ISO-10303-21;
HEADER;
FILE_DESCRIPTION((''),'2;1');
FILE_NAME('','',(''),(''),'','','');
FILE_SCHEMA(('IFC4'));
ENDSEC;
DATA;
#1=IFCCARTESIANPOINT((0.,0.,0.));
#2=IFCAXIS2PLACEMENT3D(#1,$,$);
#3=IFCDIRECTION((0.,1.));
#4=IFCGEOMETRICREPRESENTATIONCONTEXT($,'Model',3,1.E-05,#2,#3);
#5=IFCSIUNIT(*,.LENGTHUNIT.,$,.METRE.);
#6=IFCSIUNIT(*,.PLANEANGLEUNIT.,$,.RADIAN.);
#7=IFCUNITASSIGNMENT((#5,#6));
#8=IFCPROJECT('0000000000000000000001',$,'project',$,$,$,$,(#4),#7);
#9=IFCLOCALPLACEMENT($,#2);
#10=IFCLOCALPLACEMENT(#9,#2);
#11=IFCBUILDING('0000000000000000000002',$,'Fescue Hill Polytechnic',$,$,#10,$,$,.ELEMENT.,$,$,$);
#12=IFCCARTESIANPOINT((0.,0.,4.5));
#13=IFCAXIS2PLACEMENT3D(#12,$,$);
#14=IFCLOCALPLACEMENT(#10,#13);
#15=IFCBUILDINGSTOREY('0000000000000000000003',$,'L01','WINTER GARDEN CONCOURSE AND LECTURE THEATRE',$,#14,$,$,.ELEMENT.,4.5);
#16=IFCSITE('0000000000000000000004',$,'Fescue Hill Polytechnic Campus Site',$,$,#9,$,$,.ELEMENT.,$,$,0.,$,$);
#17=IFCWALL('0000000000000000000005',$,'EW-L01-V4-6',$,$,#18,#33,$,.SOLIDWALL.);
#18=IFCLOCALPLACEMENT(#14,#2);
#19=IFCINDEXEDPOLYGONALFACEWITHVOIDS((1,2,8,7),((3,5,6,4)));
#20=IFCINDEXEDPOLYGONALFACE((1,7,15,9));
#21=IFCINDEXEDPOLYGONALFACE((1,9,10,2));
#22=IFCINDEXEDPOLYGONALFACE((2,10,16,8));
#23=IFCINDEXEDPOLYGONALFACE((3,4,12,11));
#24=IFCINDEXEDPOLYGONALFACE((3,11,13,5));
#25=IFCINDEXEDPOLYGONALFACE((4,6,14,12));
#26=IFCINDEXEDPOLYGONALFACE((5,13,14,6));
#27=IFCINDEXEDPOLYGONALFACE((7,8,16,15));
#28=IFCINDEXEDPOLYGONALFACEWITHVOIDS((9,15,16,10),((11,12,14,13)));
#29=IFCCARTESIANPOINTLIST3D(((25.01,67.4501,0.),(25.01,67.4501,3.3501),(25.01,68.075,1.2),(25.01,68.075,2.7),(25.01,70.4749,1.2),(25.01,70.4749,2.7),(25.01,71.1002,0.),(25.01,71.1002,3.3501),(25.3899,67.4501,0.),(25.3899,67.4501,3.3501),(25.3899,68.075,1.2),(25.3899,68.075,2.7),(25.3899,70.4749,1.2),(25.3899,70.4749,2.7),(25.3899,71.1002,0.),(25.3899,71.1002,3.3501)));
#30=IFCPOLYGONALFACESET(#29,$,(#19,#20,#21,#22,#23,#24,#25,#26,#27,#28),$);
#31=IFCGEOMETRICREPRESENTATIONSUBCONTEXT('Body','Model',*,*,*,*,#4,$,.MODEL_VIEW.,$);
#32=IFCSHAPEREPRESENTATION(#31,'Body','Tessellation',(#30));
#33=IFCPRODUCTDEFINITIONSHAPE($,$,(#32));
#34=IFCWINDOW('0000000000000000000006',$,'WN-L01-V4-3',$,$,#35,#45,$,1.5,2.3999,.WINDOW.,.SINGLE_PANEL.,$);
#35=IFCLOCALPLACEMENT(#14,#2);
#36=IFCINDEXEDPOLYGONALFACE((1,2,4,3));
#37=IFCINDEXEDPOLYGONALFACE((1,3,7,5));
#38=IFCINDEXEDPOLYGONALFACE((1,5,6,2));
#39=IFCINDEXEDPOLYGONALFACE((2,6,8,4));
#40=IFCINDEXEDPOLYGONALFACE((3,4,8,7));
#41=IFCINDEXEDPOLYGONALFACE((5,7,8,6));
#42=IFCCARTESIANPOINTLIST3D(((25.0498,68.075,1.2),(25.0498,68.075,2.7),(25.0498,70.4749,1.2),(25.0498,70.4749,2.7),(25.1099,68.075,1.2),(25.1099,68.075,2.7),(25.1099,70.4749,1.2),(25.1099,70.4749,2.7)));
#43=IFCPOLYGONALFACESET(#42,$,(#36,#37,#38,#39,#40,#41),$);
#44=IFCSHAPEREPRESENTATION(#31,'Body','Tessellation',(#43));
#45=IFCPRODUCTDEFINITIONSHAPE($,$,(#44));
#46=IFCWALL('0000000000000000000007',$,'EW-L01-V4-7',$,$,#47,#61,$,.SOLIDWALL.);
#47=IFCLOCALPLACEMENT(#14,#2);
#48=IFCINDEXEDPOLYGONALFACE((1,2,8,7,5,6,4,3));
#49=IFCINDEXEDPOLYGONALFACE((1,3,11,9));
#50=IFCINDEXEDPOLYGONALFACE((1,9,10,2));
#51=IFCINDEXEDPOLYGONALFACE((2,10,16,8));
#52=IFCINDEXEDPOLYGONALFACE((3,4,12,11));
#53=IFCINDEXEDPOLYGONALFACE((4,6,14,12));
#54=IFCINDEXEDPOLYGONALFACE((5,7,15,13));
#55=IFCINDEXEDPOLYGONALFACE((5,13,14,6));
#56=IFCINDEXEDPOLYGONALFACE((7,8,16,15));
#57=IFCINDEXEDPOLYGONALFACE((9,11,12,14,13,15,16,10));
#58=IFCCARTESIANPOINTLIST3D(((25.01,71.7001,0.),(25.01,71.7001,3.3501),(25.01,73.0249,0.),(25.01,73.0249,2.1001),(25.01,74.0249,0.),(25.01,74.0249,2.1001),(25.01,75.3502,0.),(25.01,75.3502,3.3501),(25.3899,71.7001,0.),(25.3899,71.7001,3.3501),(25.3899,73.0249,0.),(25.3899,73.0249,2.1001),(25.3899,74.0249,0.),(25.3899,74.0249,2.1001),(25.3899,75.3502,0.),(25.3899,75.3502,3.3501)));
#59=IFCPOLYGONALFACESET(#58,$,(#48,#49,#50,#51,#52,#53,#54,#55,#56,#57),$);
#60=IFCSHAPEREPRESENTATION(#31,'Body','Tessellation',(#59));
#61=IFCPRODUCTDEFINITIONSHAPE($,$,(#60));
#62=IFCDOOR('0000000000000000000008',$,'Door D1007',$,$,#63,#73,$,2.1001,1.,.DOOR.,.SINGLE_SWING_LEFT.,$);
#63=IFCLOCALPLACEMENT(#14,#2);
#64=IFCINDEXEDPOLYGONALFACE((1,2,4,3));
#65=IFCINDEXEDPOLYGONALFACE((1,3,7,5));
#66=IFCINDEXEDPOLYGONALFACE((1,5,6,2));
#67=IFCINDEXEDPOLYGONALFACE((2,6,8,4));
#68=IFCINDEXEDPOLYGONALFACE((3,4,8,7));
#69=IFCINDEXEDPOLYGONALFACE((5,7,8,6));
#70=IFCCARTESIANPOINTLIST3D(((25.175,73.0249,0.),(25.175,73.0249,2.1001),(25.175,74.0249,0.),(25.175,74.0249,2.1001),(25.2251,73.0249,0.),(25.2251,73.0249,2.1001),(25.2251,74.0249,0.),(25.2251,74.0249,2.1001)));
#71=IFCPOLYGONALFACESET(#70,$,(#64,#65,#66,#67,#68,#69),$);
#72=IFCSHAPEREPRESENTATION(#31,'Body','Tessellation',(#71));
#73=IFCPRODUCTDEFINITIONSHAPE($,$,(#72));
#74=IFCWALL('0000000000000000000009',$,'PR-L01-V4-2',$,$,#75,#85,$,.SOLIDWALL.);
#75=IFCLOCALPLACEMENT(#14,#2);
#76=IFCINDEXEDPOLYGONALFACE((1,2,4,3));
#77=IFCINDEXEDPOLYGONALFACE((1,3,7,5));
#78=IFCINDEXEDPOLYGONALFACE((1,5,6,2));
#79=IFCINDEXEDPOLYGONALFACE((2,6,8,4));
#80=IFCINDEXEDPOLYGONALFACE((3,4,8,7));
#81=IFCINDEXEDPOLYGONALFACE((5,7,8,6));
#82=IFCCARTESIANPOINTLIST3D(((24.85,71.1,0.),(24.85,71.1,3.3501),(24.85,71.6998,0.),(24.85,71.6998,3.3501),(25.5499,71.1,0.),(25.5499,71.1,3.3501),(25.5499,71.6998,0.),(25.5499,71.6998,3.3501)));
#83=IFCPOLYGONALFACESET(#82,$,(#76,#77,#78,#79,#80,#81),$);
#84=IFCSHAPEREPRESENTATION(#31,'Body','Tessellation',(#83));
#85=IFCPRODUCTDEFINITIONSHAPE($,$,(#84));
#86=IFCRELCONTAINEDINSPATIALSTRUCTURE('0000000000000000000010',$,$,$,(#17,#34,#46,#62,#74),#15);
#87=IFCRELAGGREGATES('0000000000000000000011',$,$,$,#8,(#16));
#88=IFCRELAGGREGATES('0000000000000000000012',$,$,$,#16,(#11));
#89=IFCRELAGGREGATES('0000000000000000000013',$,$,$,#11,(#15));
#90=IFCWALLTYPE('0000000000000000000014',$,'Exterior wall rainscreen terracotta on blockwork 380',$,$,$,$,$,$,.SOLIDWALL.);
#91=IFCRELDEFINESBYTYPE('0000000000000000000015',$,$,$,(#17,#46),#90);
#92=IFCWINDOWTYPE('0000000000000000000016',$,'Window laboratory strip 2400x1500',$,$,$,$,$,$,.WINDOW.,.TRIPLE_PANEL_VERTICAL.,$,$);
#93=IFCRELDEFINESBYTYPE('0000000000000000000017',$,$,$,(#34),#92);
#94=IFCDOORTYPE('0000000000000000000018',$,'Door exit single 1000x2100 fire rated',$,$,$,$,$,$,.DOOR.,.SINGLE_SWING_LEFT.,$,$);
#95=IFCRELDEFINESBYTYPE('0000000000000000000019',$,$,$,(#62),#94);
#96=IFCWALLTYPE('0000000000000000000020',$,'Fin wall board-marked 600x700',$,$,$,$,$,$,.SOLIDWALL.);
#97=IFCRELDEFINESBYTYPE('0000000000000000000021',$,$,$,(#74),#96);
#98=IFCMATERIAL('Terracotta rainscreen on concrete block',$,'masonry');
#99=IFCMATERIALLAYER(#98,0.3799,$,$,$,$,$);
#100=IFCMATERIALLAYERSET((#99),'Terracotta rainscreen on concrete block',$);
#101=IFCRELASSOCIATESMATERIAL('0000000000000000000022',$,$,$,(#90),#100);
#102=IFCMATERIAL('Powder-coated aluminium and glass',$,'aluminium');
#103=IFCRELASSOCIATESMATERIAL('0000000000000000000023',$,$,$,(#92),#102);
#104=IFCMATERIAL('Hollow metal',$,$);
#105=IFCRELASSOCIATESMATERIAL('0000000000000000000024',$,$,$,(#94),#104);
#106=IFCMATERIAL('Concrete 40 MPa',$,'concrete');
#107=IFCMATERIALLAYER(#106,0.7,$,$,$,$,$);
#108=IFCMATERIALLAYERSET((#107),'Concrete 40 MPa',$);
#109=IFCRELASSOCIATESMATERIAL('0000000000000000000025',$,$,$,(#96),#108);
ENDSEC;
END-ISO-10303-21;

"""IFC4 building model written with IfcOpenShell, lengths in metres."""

from ifc_helpers import new_model, si_unit, direction, frame, frame_2d, origin, place, context, subcontext, project, spatial, rectangle, extrude, material, layer, layer_set, type_object, element, fill, save


model = new_model("IFC4")

# Units and contexts
model_context = context("Model", 3, precision=1e-05, world=origin(), true_north=direction((0.0, 1.0)))
body_context = subcontext(model_context, "Body", "Model", "MODEL_VIEW")
ifc_project = project(units=[si_unit("LENGTHUNIT", "METRE"), si_unit("PLANEANGLEUNIT", "RADIAN")], contexts=[model_context])

# Site, building, storey
site_placement = place(None, origin())
site = spatial("IfcSite", under=ifc_project, at=site_placement, Name="Fescue Hill Polytechnic Campus Site", CompositionType="ELEMENT", RefElevation=0.0)
building_placement = place(site_placement, origin())
building = spatial("IfcBuilding", under=site, at=building_placement, Name="Fescue Hill Polytechnic", CompositionType="ELEMENT")
storey_placement = place(building_placement, frame((0.0, 0.0, 4.5)))
storey = spatial("IfcBuildingStorey", under=building, at=storey_placement, Name="L01", Description="WINTER GARDEN CONCOURSE AND LECTURE THEATRE", CompositionType="ELEMENT", Elevation=4.5)

# Shared definitions
ifc_material_1 = material(Name="Concrete 40 MPa", Category="concrete")

# Wall, opening, window
ifc_material_2 = material(Name="Terracotta rainscreen on concrete block", Category="masonry")
ifc_layer_1 = layer(ifc_material_2, 0.3799)
ifc_layer_set_1 = layer_set([ifc_layer_1], Name="Terracotta rainscreen on concrete block")
wall_type_1 = type_object("IfcWallType", Name="Exterior wall rainscreen terracotta on blockwork 380", PredefinedType="SOLIDWALL", material=ifc_layer_set_1)
wall_1_placement = place(storey_placement, frame((25.2, 67.45, 0.0), z_axis=(0.0, 0.0, 1.0), x_axis=(0.0, 1.0, 0.0)))
wall_1 = element("IfcWall", 1, at=wall_1_placement, inside=storey, type_object=wall_type_1, Name="EW-L01-V4-6", PredefinedType="SOLIDWALL", context=body_context, shape_type="SweptSolid", body=[
    extrude(rectangle(XDim=3.6501, YDim=0.3799, at=frame_2d((1.8252, 0.0))), origin(), (0.0, 0.0, 1.0), 3.3501),
])
opening_1_placement = place(wall_1_placement, frame((0.625, 0.0, 1.2)))
opening_1 = element("IfcOpeningElement", 2, at=opening_1_placement, cuts=wall_1, PredefinedType="OPENING", context=body_context, shape_type="SweptSolid", body=[
    extrude(rectangle(XDim=2.3999, YDim=1.5, at=frame_2d((1.2, 0.75))), frame((0.0, 0.2, 0.0), z_axis=(0.0, -1.0, 0.0), x_axis=(1.0, 0.0, 0.0)), (0.0, 0.0, 1.0), 0.3999),
])
ifc_material_3 = material(Name="Powder-coated aluminium and glass", Category="aluminium")
window_type = type_object("IfcWindowType", Name="Window laboratory strip 2400x1500", PartitioningType="TRIPLE_PANEL_VERTICAL", PredefinedType="WINDOW", material=ifc_material_3)
window_placement = place(opening_1_placement, origin())
window = element("IfcWindow", 3, at=window_placement, inside=storey, type_object=window_type, Name="WN-L01-V4-3", OverallHeight=1.5, OverallWidth=2.3999, PartitioningType="SINGLE_PANEL", PredefinedType="WINDOW", context=body_context, shape_type="SweptSolid", body=[
    extrude(rectangle(XDim=2.3999, YDim=1.5, at=frame_2d((1.2, 0.75))), frame((0.0, 0.1501, 0.0), z_axis=(0.0, -1.0, 0.0), x_axis=(1.0, 0.0, 0.0)), (0.0, 0.0, 1.0), 0.0601),
])
fill(opening_1, window)

# Wall, opening, door
wall_2_placement = place(storey_placement, frame((25.2, 71.7, 0.0), z_axis=(0.0, 0.0, 1.0), x_axis=(0.0, 1.0, 0.0)))
wall_2 = element("IfcWall", 4, at=wall_2_placement, inside=storey, type_object=wall_type_1, Name="EW-L01-V4-7", PredefinedType="SOLIDWALL", context=body_context, shape_type="SweptSolid", body=[
    extrude(rectangle(XDim=3.6501, YDim=0.3799, at=frame_2d((1.8252, 0.0))), origin(), (0.0, 0.0, 1.0), 3.3501),
])
opening_2_placement = place(wall_2_placement, frame((1.325, 0.0, 0.0)))
opening_2 = element("IfcOpeningElement", 5, at=opening_2_placement, cuts=wall_2, PredefinedType="OPENING", context=body_context, shape_type="SweptSolid", body=[
    extrude(rectangle(XDim=1.0, YDim=2.1001, at=frame_2d((0.5, 1.05))), frame((0.0, 0.2, 0.0), z_axis=(0.0, -1.0, 0.0), x_axis=(1.0, 0.0, 0.0)), (0.0, 0.0, 1.0), 0.3999),
])
ifc_material_4 = material(Name="Hollow metal")
door_type = type_object("IfcDoorType", Name="Door exit single 1000x2100 fire rated", OperationType="SINGLE_SWING_LEFT", PredefinedType="DOOR", material=ifc_material_4)
door_placement = place(opening_2_placement, origin())
door = element("IfcDoor", 6, at=door_placement, inside=storey, type_object=door_type, Name="Door D1007", OperationType="SINGLE_SWING_LEFT", OverallHeight=2.1001, OverallWidth=1.0, PredefinedType="DOOR", context=body_context, shape_type="SweptSolid", body=[
    extrude(rectangle(XDim=1.0, YDim=2.1001, at=frame_2d((0.5, 1.05))), frame((0.0, 0.0249, 0.0), z_axis=(0.0, -1.0, 0.0), x_axis=(1.0, 0.0, 0.0)), (0.0, 0.0, 1.0), 0.05),
])
fill(opening_2, door)

# Wall
ifc_layer_2 = layer(ifc_material_1, 0.7)
ifc_layer_set_2 = layer_set([ifc_layer_2], Name="Concrete 40 MPa")
wall_type_2 = type_object("IfcWallType", Name="Fin wall board-marked 600x700", PredefinedType="SOLIDWALL", material=ifc_layer_set_2)
wall_3_placement = place(storey_placement, frame((25.2, 71.1001, 0.0), z_axis=(0.0, 0.0, 1.0), x_axis=(0.0, 1.0, 0.0)))
element("IfcWall", 7, at=wall_3_placement, inside=storey, type_object=wall_type_2, Name="PR-L01-V4-2", PredefinedType="SOLIDWALL", context=body_context, shape_type="SweptSolid", body=[
    extrude(rectangle(XDim=0.5999, YDim=0.7, at=frame_2d((0.2998, 0.0))), origin(), (0.0, 0.0, 1.0), 3.3501),
])

save(model, "model.ifc")
